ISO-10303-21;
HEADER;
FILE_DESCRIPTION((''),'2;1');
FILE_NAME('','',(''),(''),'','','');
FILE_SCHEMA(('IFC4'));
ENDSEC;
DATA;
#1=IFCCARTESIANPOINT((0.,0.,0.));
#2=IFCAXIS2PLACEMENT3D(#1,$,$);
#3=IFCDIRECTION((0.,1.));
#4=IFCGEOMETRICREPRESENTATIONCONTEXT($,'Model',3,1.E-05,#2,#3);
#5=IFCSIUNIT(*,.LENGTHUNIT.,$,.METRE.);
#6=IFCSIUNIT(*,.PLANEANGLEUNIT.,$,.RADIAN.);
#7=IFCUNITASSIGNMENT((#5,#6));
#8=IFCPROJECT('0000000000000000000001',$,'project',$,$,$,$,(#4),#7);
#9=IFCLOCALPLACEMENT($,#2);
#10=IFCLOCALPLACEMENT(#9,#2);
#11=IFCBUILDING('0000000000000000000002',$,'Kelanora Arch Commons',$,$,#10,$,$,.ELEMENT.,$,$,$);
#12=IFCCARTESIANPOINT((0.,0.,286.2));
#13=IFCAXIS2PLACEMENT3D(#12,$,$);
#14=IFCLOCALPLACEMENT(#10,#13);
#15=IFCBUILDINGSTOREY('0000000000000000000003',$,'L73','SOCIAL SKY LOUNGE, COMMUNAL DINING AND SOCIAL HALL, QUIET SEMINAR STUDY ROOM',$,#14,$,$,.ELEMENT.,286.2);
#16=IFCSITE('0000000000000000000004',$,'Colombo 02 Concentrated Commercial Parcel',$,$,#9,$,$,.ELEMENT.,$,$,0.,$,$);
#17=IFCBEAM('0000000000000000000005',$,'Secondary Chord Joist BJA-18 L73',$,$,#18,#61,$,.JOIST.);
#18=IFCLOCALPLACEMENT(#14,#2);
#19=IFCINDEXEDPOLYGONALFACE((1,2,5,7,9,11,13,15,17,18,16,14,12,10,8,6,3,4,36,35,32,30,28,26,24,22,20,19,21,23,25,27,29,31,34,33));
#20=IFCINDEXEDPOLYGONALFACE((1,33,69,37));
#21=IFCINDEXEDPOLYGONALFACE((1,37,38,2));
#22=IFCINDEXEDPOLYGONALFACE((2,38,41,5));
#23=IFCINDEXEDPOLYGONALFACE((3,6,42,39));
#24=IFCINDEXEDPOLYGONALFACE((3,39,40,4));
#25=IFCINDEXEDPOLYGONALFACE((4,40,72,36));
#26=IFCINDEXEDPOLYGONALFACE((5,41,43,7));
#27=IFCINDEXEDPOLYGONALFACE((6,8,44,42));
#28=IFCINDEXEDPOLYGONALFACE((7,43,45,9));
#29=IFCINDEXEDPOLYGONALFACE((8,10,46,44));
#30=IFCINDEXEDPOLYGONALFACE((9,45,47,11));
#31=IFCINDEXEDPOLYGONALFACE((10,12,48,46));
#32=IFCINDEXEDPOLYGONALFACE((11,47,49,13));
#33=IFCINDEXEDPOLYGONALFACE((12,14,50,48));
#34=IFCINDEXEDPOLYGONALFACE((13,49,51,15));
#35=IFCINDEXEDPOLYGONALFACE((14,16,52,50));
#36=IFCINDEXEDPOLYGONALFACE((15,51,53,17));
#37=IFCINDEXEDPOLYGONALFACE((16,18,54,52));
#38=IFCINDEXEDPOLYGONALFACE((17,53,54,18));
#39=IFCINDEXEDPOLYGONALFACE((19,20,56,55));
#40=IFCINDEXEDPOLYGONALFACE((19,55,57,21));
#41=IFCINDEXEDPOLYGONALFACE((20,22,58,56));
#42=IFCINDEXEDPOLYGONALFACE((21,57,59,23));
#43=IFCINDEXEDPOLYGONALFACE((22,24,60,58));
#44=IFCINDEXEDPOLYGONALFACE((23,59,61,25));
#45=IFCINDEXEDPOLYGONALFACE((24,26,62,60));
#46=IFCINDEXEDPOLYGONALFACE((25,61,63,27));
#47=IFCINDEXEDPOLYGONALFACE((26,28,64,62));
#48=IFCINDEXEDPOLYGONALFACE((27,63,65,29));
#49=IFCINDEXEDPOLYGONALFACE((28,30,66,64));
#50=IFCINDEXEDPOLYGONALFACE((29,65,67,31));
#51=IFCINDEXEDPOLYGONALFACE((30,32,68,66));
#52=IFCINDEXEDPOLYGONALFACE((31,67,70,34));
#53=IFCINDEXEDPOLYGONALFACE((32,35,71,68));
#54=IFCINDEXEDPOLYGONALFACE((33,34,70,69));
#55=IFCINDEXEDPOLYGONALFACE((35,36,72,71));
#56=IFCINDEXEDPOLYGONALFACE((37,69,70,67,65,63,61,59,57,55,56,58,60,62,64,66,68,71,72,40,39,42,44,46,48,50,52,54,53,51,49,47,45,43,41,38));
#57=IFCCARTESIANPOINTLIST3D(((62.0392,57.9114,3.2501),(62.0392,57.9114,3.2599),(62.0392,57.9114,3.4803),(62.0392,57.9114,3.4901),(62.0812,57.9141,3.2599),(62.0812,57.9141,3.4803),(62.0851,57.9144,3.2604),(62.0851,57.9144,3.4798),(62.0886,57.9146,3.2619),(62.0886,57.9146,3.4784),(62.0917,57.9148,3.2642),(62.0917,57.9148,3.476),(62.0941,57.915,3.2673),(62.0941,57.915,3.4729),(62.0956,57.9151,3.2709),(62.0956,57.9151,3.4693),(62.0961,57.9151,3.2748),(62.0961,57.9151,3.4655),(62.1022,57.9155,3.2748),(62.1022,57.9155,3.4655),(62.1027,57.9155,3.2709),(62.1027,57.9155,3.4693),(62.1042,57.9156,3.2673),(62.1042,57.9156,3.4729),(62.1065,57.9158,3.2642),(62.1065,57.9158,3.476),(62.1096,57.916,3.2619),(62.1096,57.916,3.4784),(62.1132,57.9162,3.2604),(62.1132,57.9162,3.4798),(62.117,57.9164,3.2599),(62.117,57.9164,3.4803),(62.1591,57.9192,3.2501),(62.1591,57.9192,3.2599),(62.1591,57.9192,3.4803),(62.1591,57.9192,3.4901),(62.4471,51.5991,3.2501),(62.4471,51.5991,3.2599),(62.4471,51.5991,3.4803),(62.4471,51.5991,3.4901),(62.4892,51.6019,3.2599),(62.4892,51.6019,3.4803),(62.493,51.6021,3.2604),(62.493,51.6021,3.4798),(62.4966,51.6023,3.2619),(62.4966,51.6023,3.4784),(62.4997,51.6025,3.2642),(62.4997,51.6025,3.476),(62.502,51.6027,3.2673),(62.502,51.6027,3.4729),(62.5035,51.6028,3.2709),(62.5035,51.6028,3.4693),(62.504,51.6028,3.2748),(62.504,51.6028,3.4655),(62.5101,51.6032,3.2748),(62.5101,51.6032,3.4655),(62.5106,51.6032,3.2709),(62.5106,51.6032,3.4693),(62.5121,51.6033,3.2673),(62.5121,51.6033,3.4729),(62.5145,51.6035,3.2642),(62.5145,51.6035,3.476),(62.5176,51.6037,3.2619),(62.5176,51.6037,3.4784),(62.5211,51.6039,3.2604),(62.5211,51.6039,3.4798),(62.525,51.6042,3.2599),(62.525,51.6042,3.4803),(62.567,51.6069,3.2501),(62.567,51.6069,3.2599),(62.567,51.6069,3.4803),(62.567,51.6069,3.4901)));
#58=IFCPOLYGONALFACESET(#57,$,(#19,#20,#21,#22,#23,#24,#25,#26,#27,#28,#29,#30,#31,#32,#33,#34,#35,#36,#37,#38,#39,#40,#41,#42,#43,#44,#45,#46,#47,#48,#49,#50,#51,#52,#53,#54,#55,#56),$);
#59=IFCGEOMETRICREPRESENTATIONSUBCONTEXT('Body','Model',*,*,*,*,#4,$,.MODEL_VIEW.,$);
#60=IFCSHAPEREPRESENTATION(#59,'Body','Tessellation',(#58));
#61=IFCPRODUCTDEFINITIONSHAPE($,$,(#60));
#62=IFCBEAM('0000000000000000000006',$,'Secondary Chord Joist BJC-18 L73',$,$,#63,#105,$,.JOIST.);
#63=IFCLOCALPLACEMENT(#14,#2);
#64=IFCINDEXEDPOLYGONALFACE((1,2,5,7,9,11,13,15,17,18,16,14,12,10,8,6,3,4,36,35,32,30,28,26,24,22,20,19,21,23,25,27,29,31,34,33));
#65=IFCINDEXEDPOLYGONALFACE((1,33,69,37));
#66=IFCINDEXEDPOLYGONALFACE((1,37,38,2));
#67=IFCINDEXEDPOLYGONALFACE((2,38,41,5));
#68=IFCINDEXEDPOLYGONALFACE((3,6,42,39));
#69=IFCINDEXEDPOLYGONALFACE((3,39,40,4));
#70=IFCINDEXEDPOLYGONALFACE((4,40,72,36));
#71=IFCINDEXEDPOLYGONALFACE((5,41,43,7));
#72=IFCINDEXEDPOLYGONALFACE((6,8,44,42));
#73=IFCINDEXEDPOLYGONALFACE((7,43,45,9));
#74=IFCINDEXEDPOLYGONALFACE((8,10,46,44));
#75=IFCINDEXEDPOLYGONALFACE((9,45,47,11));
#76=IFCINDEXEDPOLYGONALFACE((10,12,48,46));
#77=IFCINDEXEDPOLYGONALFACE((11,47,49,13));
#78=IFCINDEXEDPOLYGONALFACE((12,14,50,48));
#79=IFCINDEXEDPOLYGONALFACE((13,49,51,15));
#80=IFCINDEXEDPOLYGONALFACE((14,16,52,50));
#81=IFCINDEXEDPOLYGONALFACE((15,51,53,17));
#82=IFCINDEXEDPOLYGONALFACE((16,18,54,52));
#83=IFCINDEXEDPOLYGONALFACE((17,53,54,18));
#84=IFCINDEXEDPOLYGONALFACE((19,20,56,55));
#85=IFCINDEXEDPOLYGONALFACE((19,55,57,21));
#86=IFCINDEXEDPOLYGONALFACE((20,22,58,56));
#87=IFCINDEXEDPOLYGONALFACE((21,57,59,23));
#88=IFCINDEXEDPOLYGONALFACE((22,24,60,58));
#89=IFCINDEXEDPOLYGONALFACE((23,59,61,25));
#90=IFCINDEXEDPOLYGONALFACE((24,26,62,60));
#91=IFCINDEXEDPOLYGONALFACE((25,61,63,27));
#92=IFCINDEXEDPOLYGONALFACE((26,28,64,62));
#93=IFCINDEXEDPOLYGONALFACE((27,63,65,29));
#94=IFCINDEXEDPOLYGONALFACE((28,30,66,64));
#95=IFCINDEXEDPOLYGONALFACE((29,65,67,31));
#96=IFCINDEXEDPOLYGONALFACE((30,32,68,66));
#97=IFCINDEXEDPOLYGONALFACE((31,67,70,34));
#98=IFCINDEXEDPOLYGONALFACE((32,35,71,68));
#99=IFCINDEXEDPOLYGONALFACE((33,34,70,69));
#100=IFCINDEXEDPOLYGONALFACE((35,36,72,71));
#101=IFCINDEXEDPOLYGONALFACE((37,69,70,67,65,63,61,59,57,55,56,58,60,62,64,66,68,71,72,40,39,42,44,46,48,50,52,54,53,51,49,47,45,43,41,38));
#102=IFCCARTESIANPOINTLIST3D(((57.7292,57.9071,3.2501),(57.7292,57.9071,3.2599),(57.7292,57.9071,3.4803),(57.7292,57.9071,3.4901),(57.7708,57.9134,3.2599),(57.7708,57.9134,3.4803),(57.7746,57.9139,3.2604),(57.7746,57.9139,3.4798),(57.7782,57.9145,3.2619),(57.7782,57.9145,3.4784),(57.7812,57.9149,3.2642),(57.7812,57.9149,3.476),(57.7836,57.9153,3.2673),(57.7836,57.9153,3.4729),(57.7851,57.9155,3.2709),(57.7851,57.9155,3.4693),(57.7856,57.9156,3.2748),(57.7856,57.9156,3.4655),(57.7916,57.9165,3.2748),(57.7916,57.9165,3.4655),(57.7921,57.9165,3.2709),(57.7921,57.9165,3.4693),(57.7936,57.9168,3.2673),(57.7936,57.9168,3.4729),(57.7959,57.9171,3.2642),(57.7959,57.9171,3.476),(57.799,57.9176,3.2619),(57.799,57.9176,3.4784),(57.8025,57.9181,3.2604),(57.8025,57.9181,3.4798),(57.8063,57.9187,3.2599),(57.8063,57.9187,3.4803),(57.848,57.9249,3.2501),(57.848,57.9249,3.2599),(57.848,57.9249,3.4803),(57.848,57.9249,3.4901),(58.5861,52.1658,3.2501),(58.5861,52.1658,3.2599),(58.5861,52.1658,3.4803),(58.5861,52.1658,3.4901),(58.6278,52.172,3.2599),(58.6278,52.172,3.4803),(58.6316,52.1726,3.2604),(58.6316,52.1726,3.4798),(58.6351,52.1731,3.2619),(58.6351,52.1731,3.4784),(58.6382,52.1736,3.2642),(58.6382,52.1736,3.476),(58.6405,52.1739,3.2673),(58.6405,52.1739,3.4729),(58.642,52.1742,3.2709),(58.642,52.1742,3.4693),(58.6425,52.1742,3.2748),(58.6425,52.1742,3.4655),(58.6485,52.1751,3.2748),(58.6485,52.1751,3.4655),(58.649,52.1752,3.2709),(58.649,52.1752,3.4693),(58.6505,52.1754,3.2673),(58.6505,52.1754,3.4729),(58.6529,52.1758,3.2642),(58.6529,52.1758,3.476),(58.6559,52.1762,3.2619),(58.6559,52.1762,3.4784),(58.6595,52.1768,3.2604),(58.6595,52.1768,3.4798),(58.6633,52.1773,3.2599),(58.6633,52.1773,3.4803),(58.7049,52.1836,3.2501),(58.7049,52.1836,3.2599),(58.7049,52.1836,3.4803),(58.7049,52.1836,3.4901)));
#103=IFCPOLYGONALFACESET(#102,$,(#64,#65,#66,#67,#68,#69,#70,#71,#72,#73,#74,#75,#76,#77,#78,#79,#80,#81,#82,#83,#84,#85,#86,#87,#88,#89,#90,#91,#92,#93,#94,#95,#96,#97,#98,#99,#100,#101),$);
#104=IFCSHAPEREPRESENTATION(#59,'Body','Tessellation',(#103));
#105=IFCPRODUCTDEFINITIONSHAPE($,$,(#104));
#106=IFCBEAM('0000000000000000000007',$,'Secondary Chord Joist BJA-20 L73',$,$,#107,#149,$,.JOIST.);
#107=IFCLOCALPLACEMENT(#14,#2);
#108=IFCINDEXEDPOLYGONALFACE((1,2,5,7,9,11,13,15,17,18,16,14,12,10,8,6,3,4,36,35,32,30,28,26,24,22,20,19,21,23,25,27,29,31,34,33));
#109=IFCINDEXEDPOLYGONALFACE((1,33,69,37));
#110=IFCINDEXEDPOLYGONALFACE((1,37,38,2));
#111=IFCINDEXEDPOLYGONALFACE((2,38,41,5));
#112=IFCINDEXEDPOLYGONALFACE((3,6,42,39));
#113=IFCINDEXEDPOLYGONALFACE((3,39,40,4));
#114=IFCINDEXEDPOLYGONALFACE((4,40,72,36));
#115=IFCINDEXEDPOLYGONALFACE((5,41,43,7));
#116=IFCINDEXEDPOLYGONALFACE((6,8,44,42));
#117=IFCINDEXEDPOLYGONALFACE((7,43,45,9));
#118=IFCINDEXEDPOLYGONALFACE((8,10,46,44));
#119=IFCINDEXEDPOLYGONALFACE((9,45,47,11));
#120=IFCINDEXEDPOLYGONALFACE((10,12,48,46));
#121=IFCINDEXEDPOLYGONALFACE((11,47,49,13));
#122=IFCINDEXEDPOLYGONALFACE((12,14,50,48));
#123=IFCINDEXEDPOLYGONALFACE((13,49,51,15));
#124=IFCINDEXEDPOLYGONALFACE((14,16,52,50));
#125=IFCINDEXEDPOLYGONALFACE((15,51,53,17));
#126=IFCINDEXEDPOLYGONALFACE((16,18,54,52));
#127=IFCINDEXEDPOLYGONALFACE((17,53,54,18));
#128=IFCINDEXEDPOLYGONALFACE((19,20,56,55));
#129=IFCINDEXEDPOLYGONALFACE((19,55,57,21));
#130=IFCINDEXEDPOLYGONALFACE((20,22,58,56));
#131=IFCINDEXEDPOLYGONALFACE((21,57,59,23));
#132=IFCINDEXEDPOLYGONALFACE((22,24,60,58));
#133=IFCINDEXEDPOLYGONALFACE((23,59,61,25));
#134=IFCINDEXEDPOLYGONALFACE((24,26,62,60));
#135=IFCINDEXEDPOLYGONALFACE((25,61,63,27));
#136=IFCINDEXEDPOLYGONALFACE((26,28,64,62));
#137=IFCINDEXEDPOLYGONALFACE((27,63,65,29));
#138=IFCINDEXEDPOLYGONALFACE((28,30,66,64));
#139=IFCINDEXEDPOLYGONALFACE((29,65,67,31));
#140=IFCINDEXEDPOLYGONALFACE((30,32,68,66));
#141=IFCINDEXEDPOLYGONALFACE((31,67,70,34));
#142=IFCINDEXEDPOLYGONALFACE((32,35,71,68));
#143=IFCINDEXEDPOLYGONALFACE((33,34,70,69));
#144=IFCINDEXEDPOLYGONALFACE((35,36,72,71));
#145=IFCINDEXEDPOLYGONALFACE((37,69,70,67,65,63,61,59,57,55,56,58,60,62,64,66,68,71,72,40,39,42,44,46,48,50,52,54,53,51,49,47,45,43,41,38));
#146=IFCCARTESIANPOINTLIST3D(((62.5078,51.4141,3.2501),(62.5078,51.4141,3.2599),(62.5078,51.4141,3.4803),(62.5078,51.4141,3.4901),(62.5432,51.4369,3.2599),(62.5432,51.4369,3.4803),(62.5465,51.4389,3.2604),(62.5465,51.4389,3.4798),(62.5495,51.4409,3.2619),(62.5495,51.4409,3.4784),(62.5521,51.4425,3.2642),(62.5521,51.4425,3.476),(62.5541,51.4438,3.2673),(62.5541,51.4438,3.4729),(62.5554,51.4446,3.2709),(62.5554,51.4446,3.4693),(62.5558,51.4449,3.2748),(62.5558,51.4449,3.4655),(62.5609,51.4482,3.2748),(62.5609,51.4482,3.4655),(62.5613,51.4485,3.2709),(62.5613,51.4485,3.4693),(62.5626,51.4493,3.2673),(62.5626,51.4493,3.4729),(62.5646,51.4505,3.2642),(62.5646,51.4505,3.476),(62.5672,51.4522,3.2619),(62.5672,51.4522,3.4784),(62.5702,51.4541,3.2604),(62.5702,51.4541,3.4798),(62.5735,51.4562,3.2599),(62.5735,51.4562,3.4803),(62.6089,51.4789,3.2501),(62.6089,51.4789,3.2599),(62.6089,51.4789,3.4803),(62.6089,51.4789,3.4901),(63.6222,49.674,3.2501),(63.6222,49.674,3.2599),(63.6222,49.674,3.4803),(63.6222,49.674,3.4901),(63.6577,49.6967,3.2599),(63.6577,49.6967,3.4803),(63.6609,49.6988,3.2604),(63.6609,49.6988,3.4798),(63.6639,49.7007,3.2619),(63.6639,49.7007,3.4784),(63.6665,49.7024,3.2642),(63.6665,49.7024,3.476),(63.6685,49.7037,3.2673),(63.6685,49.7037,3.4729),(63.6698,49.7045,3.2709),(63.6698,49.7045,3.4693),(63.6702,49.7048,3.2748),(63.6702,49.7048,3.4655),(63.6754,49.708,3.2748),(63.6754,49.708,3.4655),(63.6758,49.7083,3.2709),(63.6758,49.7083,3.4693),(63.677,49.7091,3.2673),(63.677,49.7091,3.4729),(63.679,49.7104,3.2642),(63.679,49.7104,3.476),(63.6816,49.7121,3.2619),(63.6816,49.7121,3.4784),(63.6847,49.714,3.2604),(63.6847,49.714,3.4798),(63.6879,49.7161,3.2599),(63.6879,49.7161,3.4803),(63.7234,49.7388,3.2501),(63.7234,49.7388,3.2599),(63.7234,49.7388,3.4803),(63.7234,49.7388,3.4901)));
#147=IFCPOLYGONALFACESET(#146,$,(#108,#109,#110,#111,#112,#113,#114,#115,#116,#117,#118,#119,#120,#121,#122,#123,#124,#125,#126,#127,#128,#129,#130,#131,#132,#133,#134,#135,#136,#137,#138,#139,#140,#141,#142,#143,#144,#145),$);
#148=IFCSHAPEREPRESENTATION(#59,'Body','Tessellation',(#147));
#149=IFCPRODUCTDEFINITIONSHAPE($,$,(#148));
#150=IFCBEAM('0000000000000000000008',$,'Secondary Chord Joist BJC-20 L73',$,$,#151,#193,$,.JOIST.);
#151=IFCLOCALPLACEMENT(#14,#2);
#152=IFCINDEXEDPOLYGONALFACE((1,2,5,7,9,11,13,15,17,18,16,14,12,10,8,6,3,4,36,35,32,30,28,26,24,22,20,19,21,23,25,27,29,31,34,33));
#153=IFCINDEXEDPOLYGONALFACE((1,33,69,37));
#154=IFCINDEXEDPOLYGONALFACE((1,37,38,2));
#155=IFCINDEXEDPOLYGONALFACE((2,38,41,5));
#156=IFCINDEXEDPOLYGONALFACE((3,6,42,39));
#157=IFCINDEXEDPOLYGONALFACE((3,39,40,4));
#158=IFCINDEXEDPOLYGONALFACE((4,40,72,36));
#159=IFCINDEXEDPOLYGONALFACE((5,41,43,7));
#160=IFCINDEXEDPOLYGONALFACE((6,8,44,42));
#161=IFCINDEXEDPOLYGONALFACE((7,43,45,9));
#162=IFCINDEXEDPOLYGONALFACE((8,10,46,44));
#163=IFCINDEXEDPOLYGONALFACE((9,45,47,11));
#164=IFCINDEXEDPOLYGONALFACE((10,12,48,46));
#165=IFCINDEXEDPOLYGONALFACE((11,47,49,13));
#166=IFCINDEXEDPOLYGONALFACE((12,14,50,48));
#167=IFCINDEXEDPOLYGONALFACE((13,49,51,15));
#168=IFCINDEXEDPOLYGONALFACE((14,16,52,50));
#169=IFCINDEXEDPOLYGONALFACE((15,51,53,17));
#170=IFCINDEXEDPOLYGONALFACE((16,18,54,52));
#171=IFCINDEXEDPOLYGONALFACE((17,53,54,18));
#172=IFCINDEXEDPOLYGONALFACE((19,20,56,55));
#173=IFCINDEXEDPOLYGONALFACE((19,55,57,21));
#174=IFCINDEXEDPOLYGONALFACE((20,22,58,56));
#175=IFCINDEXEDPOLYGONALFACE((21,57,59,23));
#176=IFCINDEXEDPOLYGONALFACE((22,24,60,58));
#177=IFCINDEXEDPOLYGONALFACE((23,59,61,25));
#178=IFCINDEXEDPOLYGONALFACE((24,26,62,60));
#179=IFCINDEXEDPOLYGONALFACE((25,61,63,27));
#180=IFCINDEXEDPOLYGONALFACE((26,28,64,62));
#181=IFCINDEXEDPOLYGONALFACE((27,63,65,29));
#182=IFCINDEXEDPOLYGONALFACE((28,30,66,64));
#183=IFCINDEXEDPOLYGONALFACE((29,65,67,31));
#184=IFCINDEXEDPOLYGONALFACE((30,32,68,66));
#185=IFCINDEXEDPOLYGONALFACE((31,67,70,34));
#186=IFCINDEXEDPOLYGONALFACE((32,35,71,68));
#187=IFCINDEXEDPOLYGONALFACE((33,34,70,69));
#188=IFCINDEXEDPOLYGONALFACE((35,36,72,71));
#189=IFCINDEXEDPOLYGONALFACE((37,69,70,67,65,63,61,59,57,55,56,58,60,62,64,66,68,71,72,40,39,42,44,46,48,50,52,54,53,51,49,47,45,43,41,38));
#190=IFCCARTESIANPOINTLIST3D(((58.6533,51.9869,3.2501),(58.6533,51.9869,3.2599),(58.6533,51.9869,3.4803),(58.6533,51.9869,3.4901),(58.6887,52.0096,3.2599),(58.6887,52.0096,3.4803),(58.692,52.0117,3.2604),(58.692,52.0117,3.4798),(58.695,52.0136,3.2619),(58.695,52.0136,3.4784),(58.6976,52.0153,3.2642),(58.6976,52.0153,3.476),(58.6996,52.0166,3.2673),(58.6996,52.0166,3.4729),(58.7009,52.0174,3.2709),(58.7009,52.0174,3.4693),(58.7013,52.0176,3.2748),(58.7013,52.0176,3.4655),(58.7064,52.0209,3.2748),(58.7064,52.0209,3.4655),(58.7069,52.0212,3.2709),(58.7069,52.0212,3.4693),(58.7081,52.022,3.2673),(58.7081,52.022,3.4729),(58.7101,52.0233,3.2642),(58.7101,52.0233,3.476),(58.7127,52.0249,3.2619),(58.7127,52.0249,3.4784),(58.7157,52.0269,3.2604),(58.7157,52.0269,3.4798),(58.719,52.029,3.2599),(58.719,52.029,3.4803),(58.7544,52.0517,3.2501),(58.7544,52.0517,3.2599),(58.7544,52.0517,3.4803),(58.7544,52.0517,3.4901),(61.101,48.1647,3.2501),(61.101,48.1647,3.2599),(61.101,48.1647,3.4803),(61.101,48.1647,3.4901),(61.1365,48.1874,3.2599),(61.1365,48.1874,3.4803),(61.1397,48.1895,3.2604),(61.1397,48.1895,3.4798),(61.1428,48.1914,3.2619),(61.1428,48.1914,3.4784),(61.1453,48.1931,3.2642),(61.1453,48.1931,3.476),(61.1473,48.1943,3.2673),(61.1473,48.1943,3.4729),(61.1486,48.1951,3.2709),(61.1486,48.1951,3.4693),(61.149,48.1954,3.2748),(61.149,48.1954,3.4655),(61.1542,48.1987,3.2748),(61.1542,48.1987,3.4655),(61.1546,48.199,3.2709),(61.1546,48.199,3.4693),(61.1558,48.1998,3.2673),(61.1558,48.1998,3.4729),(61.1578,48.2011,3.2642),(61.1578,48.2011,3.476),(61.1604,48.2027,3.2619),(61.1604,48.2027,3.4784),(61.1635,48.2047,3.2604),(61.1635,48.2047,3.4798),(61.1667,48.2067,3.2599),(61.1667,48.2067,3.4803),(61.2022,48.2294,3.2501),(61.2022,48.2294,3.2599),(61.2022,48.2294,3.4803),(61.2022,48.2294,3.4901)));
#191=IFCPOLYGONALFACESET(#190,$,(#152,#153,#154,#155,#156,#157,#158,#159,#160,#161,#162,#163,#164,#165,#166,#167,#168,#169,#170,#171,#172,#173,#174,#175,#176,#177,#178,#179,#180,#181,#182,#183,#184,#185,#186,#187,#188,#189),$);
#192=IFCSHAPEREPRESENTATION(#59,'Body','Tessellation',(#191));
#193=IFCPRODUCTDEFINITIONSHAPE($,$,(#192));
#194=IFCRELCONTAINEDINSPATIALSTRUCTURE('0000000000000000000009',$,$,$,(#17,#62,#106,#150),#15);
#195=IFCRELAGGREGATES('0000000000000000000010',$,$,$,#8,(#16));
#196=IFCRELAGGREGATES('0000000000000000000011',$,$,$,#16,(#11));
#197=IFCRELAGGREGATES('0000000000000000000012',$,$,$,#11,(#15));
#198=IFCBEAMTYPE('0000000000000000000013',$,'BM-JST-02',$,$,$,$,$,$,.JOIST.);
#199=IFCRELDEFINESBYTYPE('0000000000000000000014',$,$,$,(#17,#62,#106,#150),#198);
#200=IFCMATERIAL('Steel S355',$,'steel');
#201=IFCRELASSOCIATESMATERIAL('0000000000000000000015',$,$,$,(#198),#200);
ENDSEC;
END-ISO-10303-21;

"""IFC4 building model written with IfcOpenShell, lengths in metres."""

from ifc_helpers import new_model, si_unit, direction, frame, origin, origin_2d, place, context, subcontext, project, spatial, i_section, extrude, material, material_profile, profile_set, type_object, element, save


model = new_model("IFC4")

# Units and contexts
model_context = context("Model", 3, precision=1e-05, world=origin(), true_north=direction((0.0, 1.0)))
body_context = subcontext(model_context, "Body", "Model", "MODEL_VIEW")
ifc_project = project(units=[si_unit("LENGTHUNIT", "METRE"), si_unit("PLANEANGLEUNIT", "RADIAN")], contexts=[model_context])

# Site, building, storey
site_placement = place(None, origin())
site = spatial("IfcSite", under=ifc_project, at=site_placement, Name="Colombo 02 Concentrated Commercial Parcel", CompositionType="ELEMENT", RefElevation=0.0)
building_placement = place(site_placement, origin())
building = spatial("IfcBuilding", under=site, at=building_placement, Name="Kelanora Arch Commons", CompositionType="ELEMENT")
storey_placement = place(building_placement, frame((0.0, 0.0, 286.2)))
storey = spatial("IfcBuildingStorey", under=building, at=storey_placement, Name="L73", Description="SOCIAL SKY LOUNGE, COMMUNAL DINING AND SOCIAL HALL, QUIET SEMINAR STUDY ROOM", CompositionType="ELEMENT", Elevation=286.2)

# Beams
ifc_material_1 = material(Name="Steel S355", Category="steel")
ifc_material_profile_1 = material_profile(ifc_material_1, i_section(OverallWidth=0.1201, OverallDepth=0.24, WebThickness=0.0061, FlangeThickness=0.0098, FilletRadius=0.0149, at=origin_2d()), Name="IPE240")
ifc_profile_set_1 = profile_set([ifc_material_profile_1], Name="Steel S355")
beam_type_1 = type_object("IfcBeamType", Name="BM-JST-02", PredefinedType="JOIST", material=ifc_profile_set_1)
beam_1_placement = place(storey_placement, frame((62.0991, 57.9153, 3.3701), z_axis=(0.064495, -0.997918, 0.0), x_axis=(0.997918, 0.064495, 0.0)))
element("IfcBeam", 1, at=beam_1_placement, inside=storey, type_object=beam_type_1, Name="Secondary Chord Joist BJA-18 L73", PredefinedType="JOIST", context=body_context, shape_type="SweptSolid", body=[
    extrude(i_section(OverallWidth=0.1201, OverallDepth=0.24, WebThickness=0.0061, FlangeThickness=0.0098, FilletRadius=0.0149, at=origin_2d()), origin(), (0.0, 0.0, 1.0), 6.3254),
])
beam_2_placement = place(storey_placement, frame((57.7886, 57.916, 3.3701), z_axis=(0.147625, -0.989043, 0.0), x_axis=(0.989043, 0.147625, 0.0)))
element("IfcBeam", 2, at=beam_2_placement, inside=storey, type_object=beam_type_1, Name="Secondary Chord Joist BJC-18 L73", PredefinedType="JOIST", context=body_context, shape_type="SweptSolid", body=[
    extrude(i_section(OverallWidth=0.1201, OverallDepth=0.24, WebThickness=0.0061, FlangeThickness=0.0098, FilletRadius=0.0149, at=origin_2d()), origin(), (0.0, 0.0, 1.0), 5.8049),
])
beam_3_placement = place(storey_placement, frame((62.5583, 51.4465, 3.3701), z_axis=(0.539312, -0.842106, 0.0), x_axis=(0.842106, 0.539312, 0.0)))
element("IfcBeam", 3, at=beam_3_placement, inside=storey, type_object=beam_type_1, Name="Secondary Chord Joist BJA-20 L73", PredefinedType="JOIST", context=body_context, shape_type="SweptSolid", body=[
    extrude(i_section(OverallWidth=0.1201, OverallDepth=0.24, WebThickness=0.0061, FlangeThickness=0.0098, FilletRadius=0.0149, at=origin_2d()), origin(), (0.0, 0.0, 1.0), 2.0664),
])
beam_4_placement = place(storey_placement, frame((58.7039, 52.0193, 3.3701), z_axis=(0.539289, -0.842121, 0.0), x_axis=(0.842121, 0.539289, 0.0)))
element("IfcBeam", 4, at=beam_4_placement, inside=storey, type_object=beam_type_1, Name="Secondary Chord Joist BJC-20 L73", PredefinedType="JOIST", context=body_context, shape_type="SweptSolid", body=[
    extrude(i_section(OverallWidth=0.1201, OverallDepth=0.24, WebThickness=0.0061, FlangeThickness=0.0098, FilletRadius=0.0149, at=origin_2d()), origin(), (0.0, 0.0, 1.0), 4.5388),
])

save(model, "model.ifc")
